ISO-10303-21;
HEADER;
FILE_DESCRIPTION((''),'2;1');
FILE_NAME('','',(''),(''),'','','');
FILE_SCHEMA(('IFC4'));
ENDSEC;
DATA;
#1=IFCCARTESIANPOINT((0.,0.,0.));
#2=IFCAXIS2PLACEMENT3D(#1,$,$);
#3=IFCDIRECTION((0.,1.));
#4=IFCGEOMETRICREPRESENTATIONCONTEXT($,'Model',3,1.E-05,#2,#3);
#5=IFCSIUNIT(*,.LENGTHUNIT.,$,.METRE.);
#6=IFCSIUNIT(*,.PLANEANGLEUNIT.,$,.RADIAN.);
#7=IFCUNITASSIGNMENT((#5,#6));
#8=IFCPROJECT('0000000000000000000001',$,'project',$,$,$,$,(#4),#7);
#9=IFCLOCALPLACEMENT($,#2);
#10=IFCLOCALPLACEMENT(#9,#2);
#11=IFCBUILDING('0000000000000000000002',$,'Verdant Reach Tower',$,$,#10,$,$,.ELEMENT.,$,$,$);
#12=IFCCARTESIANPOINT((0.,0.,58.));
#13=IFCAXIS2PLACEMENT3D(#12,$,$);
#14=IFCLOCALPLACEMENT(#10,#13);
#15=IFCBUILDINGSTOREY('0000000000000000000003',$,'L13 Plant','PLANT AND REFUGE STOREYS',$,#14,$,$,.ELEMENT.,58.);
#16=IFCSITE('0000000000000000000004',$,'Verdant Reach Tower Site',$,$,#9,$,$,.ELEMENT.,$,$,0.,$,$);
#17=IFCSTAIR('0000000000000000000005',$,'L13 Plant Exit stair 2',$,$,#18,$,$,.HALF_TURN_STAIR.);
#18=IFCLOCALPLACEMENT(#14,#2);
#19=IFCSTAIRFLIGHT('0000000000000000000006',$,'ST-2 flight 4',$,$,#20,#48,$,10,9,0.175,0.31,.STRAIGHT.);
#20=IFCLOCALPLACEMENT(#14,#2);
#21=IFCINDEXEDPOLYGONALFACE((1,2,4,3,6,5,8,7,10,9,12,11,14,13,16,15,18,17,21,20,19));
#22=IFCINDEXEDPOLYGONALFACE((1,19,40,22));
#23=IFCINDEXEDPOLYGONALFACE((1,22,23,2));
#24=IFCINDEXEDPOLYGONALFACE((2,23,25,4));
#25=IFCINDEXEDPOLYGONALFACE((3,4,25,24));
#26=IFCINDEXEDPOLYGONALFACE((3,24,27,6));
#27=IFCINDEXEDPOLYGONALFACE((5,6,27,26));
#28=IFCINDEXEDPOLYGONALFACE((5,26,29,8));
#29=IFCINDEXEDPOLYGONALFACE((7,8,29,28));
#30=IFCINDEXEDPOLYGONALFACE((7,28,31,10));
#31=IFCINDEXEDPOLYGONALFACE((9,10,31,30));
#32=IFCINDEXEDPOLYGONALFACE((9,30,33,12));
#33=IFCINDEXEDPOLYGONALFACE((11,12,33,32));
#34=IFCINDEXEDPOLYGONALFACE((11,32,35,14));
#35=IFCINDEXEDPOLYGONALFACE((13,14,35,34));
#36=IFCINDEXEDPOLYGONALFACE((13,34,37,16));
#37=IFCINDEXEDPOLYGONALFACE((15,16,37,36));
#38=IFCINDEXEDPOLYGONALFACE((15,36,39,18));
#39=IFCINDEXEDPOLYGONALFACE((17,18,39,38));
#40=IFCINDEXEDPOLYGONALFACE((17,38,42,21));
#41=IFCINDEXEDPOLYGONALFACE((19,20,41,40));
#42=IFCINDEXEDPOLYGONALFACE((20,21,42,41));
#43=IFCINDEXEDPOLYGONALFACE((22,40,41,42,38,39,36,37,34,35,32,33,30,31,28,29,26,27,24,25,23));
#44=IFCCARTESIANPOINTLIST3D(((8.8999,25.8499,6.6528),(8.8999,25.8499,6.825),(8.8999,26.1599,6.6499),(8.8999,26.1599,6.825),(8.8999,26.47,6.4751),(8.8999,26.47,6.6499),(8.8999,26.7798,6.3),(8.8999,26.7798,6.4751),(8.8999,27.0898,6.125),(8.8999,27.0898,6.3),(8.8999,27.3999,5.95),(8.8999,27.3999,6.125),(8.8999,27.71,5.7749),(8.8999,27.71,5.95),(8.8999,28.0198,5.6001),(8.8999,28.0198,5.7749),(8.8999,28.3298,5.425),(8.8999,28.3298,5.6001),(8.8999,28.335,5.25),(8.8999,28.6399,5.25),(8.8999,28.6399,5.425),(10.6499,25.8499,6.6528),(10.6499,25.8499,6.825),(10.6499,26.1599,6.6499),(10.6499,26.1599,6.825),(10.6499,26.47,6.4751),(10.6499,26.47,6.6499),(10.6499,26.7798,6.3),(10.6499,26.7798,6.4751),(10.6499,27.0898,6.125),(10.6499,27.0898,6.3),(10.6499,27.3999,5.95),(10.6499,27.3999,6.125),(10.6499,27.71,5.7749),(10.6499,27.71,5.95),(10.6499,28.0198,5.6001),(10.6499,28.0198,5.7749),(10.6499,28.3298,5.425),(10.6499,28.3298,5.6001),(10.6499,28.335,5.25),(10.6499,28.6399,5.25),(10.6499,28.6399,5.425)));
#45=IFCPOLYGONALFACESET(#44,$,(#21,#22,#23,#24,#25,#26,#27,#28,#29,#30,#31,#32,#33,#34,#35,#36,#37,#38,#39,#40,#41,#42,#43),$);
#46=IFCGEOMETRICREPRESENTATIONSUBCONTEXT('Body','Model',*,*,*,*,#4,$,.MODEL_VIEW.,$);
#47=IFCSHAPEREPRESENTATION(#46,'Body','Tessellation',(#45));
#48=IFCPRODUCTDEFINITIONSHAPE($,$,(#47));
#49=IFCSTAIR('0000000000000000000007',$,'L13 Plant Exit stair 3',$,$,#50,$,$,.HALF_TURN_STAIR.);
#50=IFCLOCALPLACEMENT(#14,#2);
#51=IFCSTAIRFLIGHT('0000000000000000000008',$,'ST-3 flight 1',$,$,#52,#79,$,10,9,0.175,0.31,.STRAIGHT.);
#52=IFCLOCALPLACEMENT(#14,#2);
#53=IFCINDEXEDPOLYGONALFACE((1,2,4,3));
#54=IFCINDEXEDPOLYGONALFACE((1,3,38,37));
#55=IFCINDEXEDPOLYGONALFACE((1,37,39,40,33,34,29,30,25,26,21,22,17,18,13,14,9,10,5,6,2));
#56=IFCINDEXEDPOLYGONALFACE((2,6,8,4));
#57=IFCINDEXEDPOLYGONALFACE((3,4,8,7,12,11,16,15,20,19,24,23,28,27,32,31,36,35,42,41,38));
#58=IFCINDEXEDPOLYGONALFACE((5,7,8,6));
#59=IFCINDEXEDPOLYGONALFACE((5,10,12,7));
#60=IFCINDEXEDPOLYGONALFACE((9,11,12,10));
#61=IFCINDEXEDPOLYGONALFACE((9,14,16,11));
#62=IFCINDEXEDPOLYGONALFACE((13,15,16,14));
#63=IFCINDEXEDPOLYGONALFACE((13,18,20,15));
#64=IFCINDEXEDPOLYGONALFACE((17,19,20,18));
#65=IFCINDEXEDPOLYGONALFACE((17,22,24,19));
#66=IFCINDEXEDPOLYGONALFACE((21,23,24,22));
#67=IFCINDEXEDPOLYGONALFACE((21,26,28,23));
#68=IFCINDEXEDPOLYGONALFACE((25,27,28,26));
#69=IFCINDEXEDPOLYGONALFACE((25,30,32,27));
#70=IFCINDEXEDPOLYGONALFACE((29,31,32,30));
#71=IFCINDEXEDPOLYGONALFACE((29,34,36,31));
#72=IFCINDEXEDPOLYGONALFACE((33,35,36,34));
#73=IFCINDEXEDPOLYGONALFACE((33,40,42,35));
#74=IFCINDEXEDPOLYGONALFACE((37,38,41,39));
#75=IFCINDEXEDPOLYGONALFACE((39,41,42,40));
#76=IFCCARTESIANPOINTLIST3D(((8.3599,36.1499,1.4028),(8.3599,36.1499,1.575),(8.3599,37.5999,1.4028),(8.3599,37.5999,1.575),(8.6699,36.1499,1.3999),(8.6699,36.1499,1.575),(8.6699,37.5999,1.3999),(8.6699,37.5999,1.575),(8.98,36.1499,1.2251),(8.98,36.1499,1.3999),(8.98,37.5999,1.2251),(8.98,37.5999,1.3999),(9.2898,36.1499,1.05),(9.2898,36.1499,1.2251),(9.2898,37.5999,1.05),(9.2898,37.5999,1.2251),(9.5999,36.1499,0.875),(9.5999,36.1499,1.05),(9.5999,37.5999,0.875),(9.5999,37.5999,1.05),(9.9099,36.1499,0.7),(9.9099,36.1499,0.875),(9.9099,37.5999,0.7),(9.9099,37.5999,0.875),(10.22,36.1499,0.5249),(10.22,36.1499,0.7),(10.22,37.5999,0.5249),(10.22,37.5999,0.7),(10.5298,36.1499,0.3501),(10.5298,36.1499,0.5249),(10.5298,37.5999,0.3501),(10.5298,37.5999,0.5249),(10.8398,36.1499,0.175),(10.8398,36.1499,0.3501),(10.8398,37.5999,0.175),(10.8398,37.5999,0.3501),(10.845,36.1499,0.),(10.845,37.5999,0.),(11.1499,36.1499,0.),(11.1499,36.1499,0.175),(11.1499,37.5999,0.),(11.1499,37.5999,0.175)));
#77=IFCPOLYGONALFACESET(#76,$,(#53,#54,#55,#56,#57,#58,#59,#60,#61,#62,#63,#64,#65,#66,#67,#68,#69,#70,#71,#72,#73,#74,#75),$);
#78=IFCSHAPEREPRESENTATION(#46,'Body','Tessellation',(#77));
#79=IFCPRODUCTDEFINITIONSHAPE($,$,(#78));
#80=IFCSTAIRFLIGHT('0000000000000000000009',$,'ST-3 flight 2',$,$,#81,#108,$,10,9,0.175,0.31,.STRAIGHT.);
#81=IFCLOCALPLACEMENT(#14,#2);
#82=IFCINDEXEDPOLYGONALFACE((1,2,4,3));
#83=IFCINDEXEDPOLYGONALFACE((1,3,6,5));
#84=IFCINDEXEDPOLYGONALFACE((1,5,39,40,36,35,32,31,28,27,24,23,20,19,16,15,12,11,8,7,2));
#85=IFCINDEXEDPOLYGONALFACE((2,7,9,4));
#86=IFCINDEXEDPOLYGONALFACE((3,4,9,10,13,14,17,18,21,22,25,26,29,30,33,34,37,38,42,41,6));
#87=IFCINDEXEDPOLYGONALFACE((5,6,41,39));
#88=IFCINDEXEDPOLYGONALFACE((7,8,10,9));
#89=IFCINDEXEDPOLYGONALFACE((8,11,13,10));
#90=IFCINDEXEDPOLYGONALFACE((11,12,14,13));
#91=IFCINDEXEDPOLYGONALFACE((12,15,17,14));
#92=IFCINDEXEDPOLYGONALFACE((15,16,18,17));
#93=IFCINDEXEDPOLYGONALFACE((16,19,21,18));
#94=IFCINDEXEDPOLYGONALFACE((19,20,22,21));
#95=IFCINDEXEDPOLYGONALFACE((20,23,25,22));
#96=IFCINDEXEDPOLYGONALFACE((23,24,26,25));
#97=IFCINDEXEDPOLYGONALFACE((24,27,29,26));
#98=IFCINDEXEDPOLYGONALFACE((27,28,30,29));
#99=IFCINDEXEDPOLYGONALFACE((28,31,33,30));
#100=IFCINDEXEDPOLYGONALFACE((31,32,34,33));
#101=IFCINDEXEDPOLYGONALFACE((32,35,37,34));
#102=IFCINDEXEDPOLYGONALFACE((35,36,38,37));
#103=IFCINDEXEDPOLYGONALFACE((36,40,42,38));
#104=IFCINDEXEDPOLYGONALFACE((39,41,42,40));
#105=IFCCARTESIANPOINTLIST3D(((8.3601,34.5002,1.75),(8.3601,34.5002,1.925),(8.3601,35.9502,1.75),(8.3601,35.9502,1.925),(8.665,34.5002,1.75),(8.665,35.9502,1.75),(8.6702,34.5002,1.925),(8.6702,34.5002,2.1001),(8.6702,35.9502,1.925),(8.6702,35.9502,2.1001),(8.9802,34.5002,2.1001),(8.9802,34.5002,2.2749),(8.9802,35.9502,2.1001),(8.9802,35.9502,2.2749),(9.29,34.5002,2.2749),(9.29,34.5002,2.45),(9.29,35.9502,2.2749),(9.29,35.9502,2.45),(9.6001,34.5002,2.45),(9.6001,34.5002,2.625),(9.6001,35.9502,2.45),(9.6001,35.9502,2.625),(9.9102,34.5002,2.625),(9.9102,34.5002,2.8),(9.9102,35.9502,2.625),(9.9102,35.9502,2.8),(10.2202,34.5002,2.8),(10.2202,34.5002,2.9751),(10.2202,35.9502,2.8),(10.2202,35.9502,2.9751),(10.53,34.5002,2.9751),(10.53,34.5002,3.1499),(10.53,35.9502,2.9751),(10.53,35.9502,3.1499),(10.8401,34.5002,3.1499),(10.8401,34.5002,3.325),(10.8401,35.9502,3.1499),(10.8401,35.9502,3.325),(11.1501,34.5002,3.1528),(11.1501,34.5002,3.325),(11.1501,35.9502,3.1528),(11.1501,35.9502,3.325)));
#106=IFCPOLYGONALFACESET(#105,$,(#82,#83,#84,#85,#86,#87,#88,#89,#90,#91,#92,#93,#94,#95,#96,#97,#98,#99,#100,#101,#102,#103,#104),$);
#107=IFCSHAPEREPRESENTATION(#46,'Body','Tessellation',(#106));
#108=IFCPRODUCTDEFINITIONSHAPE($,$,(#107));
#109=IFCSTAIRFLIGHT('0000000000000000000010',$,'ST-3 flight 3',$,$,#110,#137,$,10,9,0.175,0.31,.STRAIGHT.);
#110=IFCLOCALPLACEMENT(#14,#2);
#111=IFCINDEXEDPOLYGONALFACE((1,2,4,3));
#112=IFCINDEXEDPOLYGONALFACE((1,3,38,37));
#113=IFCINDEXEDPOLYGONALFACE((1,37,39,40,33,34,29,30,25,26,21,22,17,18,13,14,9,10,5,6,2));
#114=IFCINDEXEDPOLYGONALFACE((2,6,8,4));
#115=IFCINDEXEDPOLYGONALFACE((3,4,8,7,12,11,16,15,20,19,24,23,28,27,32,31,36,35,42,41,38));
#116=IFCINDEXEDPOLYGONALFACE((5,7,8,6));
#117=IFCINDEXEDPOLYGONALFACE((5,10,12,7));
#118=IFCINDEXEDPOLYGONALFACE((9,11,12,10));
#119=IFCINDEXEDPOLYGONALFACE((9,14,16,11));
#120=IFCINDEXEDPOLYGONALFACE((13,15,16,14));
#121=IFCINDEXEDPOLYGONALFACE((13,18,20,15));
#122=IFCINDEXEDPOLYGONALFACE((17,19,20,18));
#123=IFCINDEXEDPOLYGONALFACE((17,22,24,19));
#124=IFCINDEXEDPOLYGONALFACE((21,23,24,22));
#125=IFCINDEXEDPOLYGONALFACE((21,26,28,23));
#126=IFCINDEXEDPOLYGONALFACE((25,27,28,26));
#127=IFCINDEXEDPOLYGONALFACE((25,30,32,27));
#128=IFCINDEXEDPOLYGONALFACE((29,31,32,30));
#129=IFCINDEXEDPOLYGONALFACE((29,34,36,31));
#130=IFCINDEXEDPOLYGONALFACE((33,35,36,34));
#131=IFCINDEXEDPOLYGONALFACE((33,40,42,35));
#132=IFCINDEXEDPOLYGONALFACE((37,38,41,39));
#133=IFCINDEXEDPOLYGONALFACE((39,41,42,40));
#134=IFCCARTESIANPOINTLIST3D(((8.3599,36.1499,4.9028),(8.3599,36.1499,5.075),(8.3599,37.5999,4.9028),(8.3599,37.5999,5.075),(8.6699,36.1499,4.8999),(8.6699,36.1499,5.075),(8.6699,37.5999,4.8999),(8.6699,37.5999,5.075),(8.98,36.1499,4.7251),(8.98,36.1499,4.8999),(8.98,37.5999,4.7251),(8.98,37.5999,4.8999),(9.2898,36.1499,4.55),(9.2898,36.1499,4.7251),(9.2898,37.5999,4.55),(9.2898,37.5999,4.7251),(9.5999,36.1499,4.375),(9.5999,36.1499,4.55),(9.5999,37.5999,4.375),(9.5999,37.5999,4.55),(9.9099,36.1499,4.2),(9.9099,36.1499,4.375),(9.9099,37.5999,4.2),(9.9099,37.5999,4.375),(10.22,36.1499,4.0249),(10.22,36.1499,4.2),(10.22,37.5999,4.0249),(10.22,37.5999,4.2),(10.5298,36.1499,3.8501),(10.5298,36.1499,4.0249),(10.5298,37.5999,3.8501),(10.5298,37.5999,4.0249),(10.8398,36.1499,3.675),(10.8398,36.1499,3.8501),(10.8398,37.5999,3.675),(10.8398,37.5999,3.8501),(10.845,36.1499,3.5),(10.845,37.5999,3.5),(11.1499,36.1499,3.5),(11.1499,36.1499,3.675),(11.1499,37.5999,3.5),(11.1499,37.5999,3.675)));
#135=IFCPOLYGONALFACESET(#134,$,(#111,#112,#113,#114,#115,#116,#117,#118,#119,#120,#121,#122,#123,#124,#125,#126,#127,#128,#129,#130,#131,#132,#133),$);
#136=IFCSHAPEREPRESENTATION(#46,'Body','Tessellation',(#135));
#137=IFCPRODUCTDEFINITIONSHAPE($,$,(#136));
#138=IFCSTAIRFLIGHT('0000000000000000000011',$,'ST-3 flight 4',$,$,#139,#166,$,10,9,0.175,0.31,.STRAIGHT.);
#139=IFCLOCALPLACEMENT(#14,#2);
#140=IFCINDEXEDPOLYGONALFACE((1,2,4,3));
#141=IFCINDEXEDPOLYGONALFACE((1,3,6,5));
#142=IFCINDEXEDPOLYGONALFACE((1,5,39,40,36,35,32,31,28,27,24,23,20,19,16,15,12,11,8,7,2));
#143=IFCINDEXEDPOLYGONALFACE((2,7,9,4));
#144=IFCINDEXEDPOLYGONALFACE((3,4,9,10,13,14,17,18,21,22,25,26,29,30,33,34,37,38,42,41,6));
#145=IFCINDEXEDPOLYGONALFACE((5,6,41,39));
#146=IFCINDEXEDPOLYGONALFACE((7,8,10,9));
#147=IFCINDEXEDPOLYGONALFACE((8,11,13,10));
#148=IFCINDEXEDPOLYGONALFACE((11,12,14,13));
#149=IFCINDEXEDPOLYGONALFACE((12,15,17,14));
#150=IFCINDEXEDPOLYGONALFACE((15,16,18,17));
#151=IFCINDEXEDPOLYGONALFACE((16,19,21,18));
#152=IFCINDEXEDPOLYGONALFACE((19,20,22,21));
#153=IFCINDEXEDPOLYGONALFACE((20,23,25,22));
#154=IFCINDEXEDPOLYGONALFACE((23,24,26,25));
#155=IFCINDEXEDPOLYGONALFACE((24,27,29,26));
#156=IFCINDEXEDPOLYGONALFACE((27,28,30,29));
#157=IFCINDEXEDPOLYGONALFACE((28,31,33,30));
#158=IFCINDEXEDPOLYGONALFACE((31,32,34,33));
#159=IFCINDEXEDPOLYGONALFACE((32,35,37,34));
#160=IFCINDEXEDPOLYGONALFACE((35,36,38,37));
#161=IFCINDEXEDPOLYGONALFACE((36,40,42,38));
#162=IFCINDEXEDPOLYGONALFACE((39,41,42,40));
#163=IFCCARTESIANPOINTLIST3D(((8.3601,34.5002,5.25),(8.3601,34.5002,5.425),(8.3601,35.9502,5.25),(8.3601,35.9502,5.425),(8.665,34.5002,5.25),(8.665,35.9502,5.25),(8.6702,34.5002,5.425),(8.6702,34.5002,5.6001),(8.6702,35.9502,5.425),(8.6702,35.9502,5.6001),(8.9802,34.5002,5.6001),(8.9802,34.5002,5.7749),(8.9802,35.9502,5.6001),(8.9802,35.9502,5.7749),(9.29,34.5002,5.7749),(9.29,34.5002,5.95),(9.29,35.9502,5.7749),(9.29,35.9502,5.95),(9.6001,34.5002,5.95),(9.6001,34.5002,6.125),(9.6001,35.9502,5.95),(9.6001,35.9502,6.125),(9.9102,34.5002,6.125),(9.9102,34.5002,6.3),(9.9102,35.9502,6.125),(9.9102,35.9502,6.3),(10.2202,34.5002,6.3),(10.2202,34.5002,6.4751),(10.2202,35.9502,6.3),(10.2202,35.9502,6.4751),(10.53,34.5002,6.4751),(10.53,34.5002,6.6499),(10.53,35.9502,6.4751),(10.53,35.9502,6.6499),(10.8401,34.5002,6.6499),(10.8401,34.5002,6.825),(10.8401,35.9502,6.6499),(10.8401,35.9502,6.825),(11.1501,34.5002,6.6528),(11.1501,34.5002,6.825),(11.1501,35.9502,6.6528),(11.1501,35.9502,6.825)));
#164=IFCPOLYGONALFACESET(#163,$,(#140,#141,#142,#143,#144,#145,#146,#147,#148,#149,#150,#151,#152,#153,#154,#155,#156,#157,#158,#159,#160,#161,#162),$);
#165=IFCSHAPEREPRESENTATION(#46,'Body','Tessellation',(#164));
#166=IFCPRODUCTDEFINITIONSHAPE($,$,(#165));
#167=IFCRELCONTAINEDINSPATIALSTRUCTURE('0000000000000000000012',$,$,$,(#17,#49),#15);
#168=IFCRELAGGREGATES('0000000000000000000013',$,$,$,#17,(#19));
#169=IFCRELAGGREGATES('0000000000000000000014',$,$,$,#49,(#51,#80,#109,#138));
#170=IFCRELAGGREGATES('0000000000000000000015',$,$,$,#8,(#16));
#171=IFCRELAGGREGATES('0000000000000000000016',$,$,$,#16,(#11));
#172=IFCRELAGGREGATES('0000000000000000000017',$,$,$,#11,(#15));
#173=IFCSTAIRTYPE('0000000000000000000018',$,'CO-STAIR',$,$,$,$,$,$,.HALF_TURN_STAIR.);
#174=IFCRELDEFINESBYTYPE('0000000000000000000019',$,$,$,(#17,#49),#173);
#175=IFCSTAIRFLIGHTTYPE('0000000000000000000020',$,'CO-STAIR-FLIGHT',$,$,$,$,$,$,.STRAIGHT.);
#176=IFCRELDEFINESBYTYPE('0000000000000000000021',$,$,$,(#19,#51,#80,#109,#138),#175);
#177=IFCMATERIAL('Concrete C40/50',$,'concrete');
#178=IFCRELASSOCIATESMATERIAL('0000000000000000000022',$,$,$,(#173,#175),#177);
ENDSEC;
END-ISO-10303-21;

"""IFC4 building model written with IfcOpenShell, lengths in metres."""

from ifc_helpers import new_model, si_unit, direction, frame, origin, place, context, subcontext, project, spatial, polyline, outline, extrude, material, type_object, element, aggregate, save


model = new_model("IFC4")

# Units and contexts
model_context = context("Model", 3, precision=1e-05, world=origin(), true_north=direction((0.0, 1.0)))
body_context = subcontext(model_context, "Body", "Model", "MODEL_VIEW")
ifc_project = project(units=[si_unit("LENGTHUNIT", "METRE"), si_unit("PLANEANGLEUNIT", "RADIAN")], contexts=[model_context])

# Site, building, storey
site_placement = place(None, origin())
site = spatial("IfcSite", under=ifc_project, at=site_placement, Name="Verdant Reach Tower Site", CompositionType="ELEMENT", RefElevation=0.0)
building_placement = place(site_placement, origin())
building = spatial("IfcBuilding", under=site, at=building_placement, Name="Verdant Reach Tower", CompositionType="ELEMENT")
storey_placement = place(building_placement, frame((0.0, 0.0, 58.0)))
storey = spatial("IfcBuildingStorey", under=building, at=storey_placement, Name="L13 Plant", Description="PLANT AND REFUGE STOREYS", CompositionType="ELEMENT", Elevation=58.0)

# Shared definitions
ifc_material_1 = material(Name="Concrete C40/50", Category="concrete")

# Stairs, stair flights
stair_type = type_object("IfcStairType", Name="CO-STAIR", PredefinedType="HALF_TURN_STAIR", material=ifc_material_1)
stair_1_placement = place(storey_placement, origin())
stair_1 = element("IfcStair", 1, at=stair_1_placement, inside=storey, type_object=stair_type, Name="L13 Plant Exit stair 2", PredefinedType="HALF_TURN_STAIR")
stair_flight_type = type_object("IfcStairFlightType", Name="CO-STAIR-FLIGHT", PredefinedType="STRAIGHT", material=ifc_material_1)
stair_flight_1_placement = place(storey_placement, frame((9.7749, 28.6399, 5.25), z_axis=(0.0, 0.0, 1.0), x_axis=(0.0, -1.0, 0.0)))
stair_flight_1 = element("IfcStairFlight", 2, at=stair_flight_1_placement, type_object=stair_flight_type, Name="ST-2 flight 4", NumberOfRisers=10, NumberOfTreads=9, PredefinedType="STRAIGHT", RiserHeight=0.175, TreadLength=0.31, context=body_context, shape_type="SweptSolid", body=[
    extrude(outline(polyline([(0.0, 0.0), (0.0, 0.175), (0.3101, 0.175), (0.3101, 0.3501), (0.6201, 0.3501), (0.6201, 0.5249), (0.9299, 0.5249), (0.9299, 0.7), (1.24, 0.7), (1.24, 0.875), (1.55, 0.875), (1.55, 1.05), (1.8601, 1.05), (1.8601, 1.2251), (2.1699, 1.2251), (2.1699, 1.3999), (2.48, 1.3999), (2.48, 1.575), (2.79, 1.575), (2.79, 1.75), (2.79, 1.4028), (0.3049, 0.0), (0.0, 0.0)])), frame((0.0, 0.875, 0.0), z_axis=(0.0, -1.0, 0.0), x_axis=(1.0, 0.0, 0.0)), (0.0, 0.0, 1.0), 1.75),
])
aggregate(stair_1, [stair_flight_1])
stair_2_placement = place(storey_placement, origin())
stair_2 = element("IfcStair", 3, at=stair_2_placement, inside=storey, type_object=stair_type, Name="L13 Plant Exit stair 3", PredefinedType="HALF_TURN_STAIR")
stair_flight_2_placement = place(storey_placement, frame((11.1499, 36.875, 0.0), z_axis=(0.0, 0.0, 1.0), x_axis=(-1.0, 0.0, 0.0)))
stair_flight_2 = element("IfcStairFlight", 4, at=stair_flight_2_placement, type_object=stair_flight_type, Name="ST-3 flight 1", NumberOfRisers=10, NumberOfTreads=9, PredefinedType="STRAIGHT", RiserHeight=0.175, TreadLength=0.31, context=body_context, shape_type="SweptSolid", body=[
    extrude(outline(polyline([(0.0, 0.0), (0.0, 0.175), (0.3101, 0.175), (0.3101, 0.3501), (0.6201, 0.3501), (0.6201, 0.5249), (0.9299, 0.5249), (0.9299, 0.7), (1.24, 0.7), (1.24, 0.875), (1.55, 0.875), (1.55, 1.05), (1.8601, 1.05), (1.8601, 1.2251), (2.1699, 1.2251), (2.1699, 1.3999), (2.48, 1.3999), (2.48, 1.575), (2.79, 1.575), (2.79, 1.75), (2.79, 1.4028), (0.3049, 0.0), (0.0, 0.0)])), frame((0.0, 0.7251, 0.0), z_axis=(0.0, -1.0, 0.0), x_axis=(1.0, 0.0, 0.0)), (0.0, 0.0, 1.0), 1.45),
])
stair_flight_3_placement = place(storey_placement, frame((8.3601, 35.2251, 1.75), z_axis=(0.0, 0.0, 1.0), x_axis=(1.0, 0.0, 0.0)))
stair_flight_3 = element("IfcStairFlight", 5, at=stair_flight_3_placement, type_object=stair_flight_type, Name="ST-3 flight 2", NumberOfRisers=10, NumberOfTreads=9, PredefinedType="STRAIGHT", RiserHeight=0.175, TreadLength=0.31, context=body_context, shape_type="SweptSolid", body=[
    extrude(outline(polyline([(0.0, 0.0), (0.0, 0.175), (0.3101, 0.175), (0.3101, 0.3501), (0.6201, 0.3501), (0.6201, 0.5249), (0.9299, 0.5249), (0.9299, 0.7), (1.24, 0.7), (1.24, 0.875), (1.55, 0.875), (1.55, 1.05), (1.8601, 1.05), (1.8601, 1.2251), (2.1699, 1.2251), (2.1699, 1.3999), (2.48, 1.3999), (2.48, 1.575), (2.79, 1.575), (2.79, 1.75), (2.79, 1.4028), (0.3049, 0.0), (0.0, 0.0)])), frame((0.0, 0.7251, 0.0), z_axis=(0.0, -1.0, 0.0), x_axis=(1.0, 0.0, 0.0)), (0.0, 0.0, 1.0), 1.45),
])
stair_flight_4_placement = place(storey_placement, frame((11.1499, 36.875, 3.5), z_axis=(0.0, 0.0, 1.0), x_axis=(-1.0, 0.0, 0.0)))
stair_flight_4 = element("IfcStairFlight", 6, at=stair_flight_4_placement, type_object=stair_flight_type, Name="ST-3 flight 3", NumberOfRisers=10, NumberOfTreads=9, PredefinedType="STRAIGHT", RiserHeight=0.175, TreadLength=0.31, context=body_context, shape_type="SweptSolid", body=[
    extrude(outline(polyline([(0.0, 0.0), (0.0, 0.175), (0.3101, 0.175), (0.3101, 0.3501), (0.6201, 0.3501), (0.6201, 0.5249), (0.9299, 0.5249), (0.9299, 0.7), (1.24, 0.7), (1.24, 0.875), (1.55, 0.875), (1.55, 1.05), (1.8601, 1.05), (1.8601, 1.2251), (2.1699, 1.2251), (2.1699, 1.3999), (2.48, 1.3999), (2.48, 1.575), (2.79, 1.575), (2.79, 1.75), (2.79, 1.4028), (0.3049, 0.0), (0.0, 0.0)])), frame((0.0, 0.7251, 0.0), z_axis=(0.0, -1.0, 0.0), x_axis=(1.0, 0.0, 0.0)), (0.0, 0.0, 1.0), 1.45),
])
stair_flight_5_placement = place(storey_placement, frame((8.3601, 35.2251, 5.25), z_axis=(0.0, 0.0, 1.0), x_axis=(1.0, 0.0, 0.0)))
stair_flight_5 = element("IfcStairFlight", 7, at=stair_flight_5_placement, type_object=stair_flight_type, Name="ST-3 flight 4", NumberOfRisers=10, NumberOfTreads=9, PredefinedType="STRAIGHT", RiserHeight=0.175, TreadLength=0.31, context=body_context, shape_type="SweptSolid", body=[
    extrude(outline(polyline([(0.0, 0.0), (0.0, 0.175), (0.3101, 0.175), (0.3101, 0.3501), (0.6201, 0.3501), (0.6201, 0.5249), (0.9299, 0.5249), (0.9299, 0.7), (1.24, 0.7), (1.24, 0.875), (1.55, 0.875), (1.55, 1.05), (1.8601, 1.05), (1.8601, 1.2251), (2.1699, 1.2251), (2.1699, 1.3999), (2.48, 1.3999), (2.48, 1.575), (2.79, 1.575), (2.79, 1.75), (2.79, 1.4028), (0.3049, 0.0), (0.0, 0.0)])), frame((0.0, 0.7251, 0.0), z_axis=(0.0, -1.0, 0.0), x_axis=(1.0, 0.0, 0.0)), (0.0, 0.0, 1.0), 1.45),
])
aggregate(stair_2, [stair_flight_2, stair_flight_3, stair_flight_4, stair_flight_5])

save(model, "model.ifc")
